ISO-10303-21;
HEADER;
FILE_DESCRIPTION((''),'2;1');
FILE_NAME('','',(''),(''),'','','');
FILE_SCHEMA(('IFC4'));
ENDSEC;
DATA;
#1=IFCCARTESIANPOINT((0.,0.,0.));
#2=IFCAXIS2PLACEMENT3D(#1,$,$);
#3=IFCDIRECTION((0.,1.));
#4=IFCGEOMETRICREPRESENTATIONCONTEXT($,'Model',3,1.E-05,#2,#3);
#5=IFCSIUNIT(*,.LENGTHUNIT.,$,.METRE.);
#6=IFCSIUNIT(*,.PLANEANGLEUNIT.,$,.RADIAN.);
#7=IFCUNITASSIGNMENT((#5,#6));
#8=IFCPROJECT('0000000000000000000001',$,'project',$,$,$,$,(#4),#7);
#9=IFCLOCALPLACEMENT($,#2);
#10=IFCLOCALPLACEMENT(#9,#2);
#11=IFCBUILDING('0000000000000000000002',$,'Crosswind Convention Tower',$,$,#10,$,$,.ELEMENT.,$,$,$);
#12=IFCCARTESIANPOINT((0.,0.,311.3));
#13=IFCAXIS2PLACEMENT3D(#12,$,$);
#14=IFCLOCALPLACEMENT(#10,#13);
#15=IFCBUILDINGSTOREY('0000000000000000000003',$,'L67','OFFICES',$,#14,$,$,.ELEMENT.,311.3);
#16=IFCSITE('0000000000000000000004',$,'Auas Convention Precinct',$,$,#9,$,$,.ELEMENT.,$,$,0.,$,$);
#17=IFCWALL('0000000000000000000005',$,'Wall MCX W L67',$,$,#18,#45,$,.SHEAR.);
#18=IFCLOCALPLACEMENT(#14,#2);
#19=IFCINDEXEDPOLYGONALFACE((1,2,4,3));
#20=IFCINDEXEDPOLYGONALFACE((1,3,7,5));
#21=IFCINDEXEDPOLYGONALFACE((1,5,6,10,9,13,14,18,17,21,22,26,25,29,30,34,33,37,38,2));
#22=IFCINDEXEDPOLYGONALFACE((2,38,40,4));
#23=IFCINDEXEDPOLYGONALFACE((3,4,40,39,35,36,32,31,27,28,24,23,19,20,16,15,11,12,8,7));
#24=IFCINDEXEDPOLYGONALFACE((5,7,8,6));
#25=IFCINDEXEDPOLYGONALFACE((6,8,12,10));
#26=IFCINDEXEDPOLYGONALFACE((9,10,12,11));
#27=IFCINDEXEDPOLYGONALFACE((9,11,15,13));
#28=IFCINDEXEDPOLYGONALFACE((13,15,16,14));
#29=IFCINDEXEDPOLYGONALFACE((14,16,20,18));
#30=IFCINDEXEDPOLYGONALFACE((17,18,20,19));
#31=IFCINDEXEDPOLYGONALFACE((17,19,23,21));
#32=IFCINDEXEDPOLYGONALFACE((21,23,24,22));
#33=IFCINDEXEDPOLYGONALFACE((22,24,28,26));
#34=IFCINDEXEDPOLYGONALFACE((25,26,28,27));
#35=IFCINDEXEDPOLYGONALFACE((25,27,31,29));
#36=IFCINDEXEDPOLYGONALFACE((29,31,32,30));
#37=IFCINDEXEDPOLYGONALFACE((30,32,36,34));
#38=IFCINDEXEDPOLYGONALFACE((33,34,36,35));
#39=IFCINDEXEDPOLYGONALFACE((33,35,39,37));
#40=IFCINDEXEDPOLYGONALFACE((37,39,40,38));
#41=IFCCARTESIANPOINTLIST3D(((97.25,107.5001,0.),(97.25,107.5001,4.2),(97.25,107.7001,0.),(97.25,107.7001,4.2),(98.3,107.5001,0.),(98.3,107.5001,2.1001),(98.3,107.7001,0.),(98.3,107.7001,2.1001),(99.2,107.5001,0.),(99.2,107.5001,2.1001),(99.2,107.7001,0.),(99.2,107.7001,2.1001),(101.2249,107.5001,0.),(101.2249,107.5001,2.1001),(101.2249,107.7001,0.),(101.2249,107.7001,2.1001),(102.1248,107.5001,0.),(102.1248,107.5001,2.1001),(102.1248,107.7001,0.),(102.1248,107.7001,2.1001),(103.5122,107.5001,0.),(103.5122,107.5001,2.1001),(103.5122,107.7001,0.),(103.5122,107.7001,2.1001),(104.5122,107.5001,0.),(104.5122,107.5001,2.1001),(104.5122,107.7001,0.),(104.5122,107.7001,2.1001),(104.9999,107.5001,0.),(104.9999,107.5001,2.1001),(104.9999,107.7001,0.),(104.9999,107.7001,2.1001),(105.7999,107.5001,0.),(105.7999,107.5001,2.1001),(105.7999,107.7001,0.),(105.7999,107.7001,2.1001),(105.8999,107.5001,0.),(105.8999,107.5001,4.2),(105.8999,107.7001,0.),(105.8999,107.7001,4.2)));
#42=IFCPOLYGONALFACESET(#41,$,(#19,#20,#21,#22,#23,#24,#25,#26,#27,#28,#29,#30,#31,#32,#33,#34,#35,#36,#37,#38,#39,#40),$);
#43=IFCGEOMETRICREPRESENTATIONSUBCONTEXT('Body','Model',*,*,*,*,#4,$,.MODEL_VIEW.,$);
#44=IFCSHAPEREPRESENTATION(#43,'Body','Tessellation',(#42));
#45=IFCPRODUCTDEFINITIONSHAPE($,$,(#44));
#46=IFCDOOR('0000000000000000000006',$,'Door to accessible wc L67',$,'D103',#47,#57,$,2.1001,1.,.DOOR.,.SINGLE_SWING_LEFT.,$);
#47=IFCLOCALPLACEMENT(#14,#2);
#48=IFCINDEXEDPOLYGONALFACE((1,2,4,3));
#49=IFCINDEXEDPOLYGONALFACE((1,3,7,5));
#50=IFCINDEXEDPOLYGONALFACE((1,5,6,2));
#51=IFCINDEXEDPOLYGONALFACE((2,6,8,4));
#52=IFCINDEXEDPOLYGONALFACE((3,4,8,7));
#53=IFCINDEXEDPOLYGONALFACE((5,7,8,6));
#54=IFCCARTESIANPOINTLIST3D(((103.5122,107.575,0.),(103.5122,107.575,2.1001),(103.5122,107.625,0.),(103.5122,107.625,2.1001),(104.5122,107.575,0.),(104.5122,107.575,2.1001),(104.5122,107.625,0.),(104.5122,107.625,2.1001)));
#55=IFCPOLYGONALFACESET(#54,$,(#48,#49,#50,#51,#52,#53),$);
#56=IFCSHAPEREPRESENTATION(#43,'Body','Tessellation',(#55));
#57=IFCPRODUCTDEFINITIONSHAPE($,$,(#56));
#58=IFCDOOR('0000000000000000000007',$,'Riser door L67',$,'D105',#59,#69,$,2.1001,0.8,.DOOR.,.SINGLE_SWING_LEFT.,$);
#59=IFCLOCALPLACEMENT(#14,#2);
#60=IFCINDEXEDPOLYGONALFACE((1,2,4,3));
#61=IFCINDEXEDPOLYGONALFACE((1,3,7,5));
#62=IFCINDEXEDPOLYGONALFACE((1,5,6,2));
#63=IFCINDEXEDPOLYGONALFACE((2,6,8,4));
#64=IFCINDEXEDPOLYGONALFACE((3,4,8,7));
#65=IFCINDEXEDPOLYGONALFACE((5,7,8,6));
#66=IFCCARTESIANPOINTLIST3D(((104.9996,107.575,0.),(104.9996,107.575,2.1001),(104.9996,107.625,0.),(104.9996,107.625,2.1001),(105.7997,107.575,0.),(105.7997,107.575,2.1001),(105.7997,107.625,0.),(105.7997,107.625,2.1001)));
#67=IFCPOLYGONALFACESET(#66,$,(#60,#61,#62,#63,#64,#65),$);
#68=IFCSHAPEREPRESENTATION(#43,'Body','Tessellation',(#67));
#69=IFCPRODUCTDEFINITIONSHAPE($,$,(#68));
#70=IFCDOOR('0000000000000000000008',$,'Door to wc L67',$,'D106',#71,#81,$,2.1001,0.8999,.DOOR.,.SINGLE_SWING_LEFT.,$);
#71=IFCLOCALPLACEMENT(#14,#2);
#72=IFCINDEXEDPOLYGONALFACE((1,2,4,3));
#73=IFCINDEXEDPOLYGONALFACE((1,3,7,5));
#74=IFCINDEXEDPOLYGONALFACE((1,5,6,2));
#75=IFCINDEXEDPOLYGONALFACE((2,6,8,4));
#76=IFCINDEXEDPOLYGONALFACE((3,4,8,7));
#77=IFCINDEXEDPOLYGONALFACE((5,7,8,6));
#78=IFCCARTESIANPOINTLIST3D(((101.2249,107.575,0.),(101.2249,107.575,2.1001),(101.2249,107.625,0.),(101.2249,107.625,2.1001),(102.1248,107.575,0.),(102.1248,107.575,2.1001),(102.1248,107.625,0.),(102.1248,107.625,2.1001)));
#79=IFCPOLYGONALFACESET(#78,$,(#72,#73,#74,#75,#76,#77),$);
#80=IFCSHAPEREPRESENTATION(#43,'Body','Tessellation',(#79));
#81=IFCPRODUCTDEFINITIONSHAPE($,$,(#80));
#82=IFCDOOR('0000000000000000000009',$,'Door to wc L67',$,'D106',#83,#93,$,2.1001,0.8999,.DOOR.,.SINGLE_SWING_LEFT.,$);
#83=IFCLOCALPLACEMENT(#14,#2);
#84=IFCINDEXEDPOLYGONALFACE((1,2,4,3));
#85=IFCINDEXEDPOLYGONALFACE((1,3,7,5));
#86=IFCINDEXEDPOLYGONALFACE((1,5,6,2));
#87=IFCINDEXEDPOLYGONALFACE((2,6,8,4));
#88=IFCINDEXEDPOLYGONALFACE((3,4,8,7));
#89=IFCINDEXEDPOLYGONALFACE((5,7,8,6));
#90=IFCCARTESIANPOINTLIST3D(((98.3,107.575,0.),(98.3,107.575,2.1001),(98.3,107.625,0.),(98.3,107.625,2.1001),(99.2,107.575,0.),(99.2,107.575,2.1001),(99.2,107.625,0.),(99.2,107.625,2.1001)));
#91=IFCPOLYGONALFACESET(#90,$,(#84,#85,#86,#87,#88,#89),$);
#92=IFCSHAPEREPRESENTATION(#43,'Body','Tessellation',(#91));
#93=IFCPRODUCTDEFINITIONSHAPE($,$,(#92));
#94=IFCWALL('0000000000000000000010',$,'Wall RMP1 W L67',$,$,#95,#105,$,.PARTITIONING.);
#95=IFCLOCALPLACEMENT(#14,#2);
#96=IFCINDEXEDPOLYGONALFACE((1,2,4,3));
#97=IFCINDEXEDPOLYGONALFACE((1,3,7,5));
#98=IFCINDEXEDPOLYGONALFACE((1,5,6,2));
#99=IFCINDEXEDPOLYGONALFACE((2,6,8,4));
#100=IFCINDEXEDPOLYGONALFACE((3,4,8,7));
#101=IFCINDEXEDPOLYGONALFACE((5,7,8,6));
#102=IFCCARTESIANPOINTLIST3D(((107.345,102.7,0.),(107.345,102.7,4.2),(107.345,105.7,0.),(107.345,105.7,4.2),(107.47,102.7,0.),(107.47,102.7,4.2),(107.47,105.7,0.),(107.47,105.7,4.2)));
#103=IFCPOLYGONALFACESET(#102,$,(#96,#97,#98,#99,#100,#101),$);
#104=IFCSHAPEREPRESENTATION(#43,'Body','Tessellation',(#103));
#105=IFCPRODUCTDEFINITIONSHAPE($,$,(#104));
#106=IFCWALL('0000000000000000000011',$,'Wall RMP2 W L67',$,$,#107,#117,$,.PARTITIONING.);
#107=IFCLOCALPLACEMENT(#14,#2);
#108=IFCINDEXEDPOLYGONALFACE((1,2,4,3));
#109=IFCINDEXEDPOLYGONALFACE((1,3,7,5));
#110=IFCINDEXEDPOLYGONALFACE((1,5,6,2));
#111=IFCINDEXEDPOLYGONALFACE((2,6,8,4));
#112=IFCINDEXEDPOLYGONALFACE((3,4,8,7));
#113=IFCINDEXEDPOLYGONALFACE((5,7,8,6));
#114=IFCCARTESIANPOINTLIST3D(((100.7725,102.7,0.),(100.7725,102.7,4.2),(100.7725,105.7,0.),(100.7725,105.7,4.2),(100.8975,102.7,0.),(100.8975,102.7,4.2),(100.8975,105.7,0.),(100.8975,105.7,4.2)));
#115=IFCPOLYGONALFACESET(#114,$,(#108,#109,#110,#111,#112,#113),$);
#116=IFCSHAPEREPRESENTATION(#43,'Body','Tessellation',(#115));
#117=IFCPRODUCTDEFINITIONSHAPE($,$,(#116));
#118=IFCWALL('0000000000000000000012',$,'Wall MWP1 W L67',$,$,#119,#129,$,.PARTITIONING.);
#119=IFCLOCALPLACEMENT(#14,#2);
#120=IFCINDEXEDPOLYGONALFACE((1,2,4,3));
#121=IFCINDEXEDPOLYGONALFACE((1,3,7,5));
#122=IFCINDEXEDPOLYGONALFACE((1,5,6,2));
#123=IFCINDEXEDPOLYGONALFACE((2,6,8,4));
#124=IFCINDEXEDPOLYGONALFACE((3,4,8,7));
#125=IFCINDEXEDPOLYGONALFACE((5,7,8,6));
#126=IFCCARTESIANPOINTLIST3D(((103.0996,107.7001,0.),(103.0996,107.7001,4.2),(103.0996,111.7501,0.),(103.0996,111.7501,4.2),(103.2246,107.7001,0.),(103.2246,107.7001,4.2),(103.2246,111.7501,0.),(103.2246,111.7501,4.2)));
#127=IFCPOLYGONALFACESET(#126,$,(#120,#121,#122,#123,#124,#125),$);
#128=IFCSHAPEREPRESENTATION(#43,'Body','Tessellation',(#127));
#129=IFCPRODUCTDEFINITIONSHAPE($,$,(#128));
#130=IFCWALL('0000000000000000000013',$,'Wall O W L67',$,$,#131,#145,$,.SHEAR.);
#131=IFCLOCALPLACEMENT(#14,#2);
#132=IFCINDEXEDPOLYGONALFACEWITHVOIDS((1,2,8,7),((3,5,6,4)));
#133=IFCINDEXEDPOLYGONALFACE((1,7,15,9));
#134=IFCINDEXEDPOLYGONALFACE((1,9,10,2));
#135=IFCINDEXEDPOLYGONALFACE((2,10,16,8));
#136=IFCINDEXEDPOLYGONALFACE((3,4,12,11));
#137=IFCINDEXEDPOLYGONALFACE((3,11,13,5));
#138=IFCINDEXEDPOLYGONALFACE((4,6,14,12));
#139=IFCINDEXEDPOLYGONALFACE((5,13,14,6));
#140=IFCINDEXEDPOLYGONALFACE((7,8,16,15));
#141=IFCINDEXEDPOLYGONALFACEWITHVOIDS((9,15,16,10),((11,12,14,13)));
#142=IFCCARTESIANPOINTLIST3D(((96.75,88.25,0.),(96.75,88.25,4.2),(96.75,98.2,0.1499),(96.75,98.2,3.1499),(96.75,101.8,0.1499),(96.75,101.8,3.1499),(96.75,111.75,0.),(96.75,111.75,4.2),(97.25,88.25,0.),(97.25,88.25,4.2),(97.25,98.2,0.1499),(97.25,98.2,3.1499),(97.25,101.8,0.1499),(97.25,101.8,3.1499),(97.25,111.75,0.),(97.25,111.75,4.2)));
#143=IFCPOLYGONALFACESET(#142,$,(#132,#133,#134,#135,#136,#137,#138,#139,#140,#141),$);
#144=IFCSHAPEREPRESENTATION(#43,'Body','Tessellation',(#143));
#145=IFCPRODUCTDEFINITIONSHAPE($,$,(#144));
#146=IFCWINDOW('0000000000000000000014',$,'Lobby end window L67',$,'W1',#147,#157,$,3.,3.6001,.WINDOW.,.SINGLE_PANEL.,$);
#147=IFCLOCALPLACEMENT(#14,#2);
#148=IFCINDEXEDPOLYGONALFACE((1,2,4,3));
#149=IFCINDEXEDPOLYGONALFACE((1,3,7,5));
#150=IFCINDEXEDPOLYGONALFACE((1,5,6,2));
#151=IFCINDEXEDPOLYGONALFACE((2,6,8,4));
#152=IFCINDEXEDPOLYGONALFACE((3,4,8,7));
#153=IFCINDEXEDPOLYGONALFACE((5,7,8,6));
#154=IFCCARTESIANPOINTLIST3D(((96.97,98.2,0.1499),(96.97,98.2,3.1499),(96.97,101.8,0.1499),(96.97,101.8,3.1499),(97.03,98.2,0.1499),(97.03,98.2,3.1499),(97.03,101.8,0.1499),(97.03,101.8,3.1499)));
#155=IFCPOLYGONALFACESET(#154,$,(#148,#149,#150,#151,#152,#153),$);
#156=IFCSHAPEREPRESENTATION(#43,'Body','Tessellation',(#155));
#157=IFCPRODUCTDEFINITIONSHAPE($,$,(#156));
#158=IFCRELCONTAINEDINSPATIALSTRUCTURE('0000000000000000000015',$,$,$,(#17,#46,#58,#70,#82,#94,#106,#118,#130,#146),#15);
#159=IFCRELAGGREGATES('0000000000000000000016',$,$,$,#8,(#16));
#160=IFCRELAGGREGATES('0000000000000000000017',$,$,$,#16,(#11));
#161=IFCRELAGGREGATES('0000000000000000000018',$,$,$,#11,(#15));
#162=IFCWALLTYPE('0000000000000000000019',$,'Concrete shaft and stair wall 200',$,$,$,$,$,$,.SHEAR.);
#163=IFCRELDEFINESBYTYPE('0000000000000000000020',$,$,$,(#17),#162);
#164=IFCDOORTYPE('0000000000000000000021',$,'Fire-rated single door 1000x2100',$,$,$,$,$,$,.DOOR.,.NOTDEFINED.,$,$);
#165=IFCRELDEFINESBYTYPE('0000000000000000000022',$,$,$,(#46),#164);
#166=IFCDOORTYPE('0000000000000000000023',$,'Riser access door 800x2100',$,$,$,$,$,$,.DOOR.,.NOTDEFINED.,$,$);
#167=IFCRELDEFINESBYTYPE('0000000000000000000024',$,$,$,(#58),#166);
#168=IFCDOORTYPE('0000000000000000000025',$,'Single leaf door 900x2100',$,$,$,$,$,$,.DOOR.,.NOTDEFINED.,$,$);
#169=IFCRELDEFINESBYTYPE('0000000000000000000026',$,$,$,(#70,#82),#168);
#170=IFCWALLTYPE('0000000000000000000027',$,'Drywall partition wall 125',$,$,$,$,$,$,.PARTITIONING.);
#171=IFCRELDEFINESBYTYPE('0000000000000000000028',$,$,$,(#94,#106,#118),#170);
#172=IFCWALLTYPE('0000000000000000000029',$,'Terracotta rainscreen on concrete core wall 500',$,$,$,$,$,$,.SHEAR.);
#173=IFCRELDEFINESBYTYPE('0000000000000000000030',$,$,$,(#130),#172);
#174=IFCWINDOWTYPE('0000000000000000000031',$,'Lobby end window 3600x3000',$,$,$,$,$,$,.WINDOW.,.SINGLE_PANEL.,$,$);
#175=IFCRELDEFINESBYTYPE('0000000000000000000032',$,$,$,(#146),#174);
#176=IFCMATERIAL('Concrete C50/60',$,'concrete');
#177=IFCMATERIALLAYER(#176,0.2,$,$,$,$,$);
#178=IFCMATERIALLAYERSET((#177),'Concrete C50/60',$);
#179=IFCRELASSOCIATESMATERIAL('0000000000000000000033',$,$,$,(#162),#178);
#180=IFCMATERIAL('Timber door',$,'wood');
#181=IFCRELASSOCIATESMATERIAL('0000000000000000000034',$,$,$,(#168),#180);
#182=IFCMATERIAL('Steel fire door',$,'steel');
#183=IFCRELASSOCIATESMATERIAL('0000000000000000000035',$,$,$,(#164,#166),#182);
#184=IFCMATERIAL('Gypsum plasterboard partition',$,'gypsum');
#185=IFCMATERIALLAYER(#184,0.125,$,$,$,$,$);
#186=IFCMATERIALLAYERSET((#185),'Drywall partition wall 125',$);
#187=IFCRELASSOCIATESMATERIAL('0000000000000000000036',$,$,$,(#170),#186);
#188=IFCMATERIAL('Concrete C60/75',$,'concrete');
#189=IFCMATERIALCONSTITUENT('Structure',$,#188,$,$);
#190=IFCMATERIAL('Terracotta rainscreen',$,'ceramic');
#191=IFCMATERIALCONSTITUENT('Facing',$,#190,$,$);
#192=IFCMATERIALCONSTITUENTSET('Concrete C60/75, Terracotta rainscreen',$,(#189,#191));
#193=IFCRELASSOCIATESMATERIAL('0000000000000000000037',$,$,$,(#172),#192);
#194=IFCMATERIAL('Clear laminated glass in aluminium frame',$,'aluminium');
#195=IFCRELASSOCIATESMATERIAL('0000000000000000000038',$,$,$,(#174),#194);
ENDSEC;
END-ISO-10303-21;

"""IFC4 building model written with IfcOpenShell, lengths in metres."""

from ifc_helpers import new_model, si_unit, direction, frame, frame_2d, origin, place, context, subcontext, project, spatial, rectangle, extrude, material, layer, layer_set, constituent, constituent_set, type_object, element, fill, save


model = new_model("IFC4")

# Units and contexts
model_context = context("Model", 3, precision=1e-05, world=origin(), true_north=direction((0.0, 1.0)))
body_context = subcontext(model_context, "Body", "Model", "MODEL_VIEW")
ifc_project = project(units=[si_unit("LENGTHUNIT", "METRE"), si_unit("PLANEANGLEUNIT", "RADIAN")], contexts=[model_context])

# Site, building, storey
site_placement = place(None, origin())
site = spatial("IfcSite", under=ifc_project, at=site_placement, Name="Auas Convention Precinct", CompositionType="ELEMENT", RefElevation=0.0)
building_placement = place(site_placement, origin())
building = spatial("IfcBuilding", under=site, at=building_placement, Name="Crosswind Convention Tower", CompositionType="ELEMENT")
storey_placement = place(building_placement, frame((0.0, 0.0, 311.3)))
storey = spatial("IfcBuildingStorey", under=building, at=storey_placement, Name="L67", Description="OFFICES", CompositionType="ELEMENT", Elevation=311.3)

# Shared definitions
ifc_material_1 = material(Name="Concrete C50/60", Category="concrete")
ifc_layer_1 = layer(ifc_material_1, 0.2)
ifc_layer_set_1 = layer_set([ifc_layer_1], Name="Concrete C50/60")
wall_type_1 = type_object("IfcWallType", Name="Concrete shaft and stair wall 200", PredefinedType="SHEAR", material=ifc_layer_set_1)

# Shared definitions
ifc_material_2 = material(Name="Timber door", Category="wood")
door_type_1 = type_object("IfcDoorType", Name="Single leaf door 900x2100", OperationType="NOTDEFINED", PredefinedType="DOOR", material=ifc_material_2)

# Wall, openings, doors
wall_1_placement = place(storey_placement, frame((105.8999, 107.6001, 0.0), z_axis=(0.0, 0.0, 1.0), x_axis=(-1.0, 0.0, 0.0)))
wall_1 = element("IfcWall", 1, at=wall_1_placement, inside=storey, type_object=wall_type_1, Name="Wall MCX W L67", PredefinedType="SHEAR", context=body_context, shape_type="SweptSolid", body=[
    extrude(rectangle(XDim=8.6499, YDim=0.2, at=frame_2d((4.325, 0.0))), origin(), (0.0, 0.0, 1.0), 4.2),
])
opening_1_placement = place(wall_1_placement, frame((0.1001, 0.0, 0.0)))
opening_1 = element("IfcOpeningElement", 2, at=opening_1_placement, cuts=wall_1, PredefinedType="OPENING", context=body_context, shape_type="SweptSolid", body=[
    extrude(rectangle(XDim=0.8, YDim=2.1001, at=frame_2d((0.3999, 1.05))), frame((0.0, 0.1099, 0.0), z_axis=(0.0, -1.0, 0.0), x_axis=(1.0, 0.0, 0.0)), (0.0, 0.0, 1.0), 0.22),
])
opening_2_placement = place(wall_1_placement, frame((1.3877, 0.0, 0.0)))
opening_2 = element("IfcOpeningElement", 3, at=opening_2_placement, cuts=wall_1, PredefinedType="OPENING", context=body_context, shape_type="SweptSolid", body=[
    extrude(rectangle(XDim=1.0, YDim=2.1001, at=frame_2d((0.5, 1.05))), frame((0.0, 0.1099, 0.0), z_axis=(0.0, -1.0, 0.0), x_axis=(1.0, 0.0, 0.0)), (0.0, 0.0, 1.0), 0.22),
])
opening_3_placement = place(wall_1_placement, frame((3.7751, 0.0, 0.0)))
opening_3 = element("IfcOpeningElement", 4, at=opening_3_placement, cuts=wall_1, PredefinedType="OPENING", context=body_context, shape_type="SweptSolid", body=[
    extrude(rectangle(XDim=0.8999, YDim=2.1001, at=frame_2d((0.45, 1.05))), frame((0.0, 0.1099, 0.0), z_axis=(0.0, -1.0, 0.0), x_axis=(1.0, 0.0, 0.0)), (0.0, 0.0, 1.0), 0.22),
])
opening_4_placement = place(wall_1_placement, frame((6.7, 0.0, 0.0)))
opening_4 = element("IfcOpeningElement", 5, at=opening_4_placement, cuts=wall_1, PredefinedType="OPENING", context=body_context, shape_type="SweptSolid", body=[
    extrude(rectangle(XDim=0.8999, YDim=2.1001, at=frame_2d((0.45, 1.05))), frame((0.0, 0.1099, 0.0), z_axis=(0.0, -1.0, 0.0), x_axis=(1.0, 0.0, 0.0)), (0.0, 0.0, 1.0), 0.22),
])
ifc_material_3 = material(Name="Steel fire door", Category="steel")
door_type_2 = type_object("IfcDoorType", Name="Fire-rated single door 1000x2100", OperationType="NOTDEFINED", PredefinedType="DOOR", material=ifc_material_3)
door_1_placement = place(opening_2_placement, frame((1.0, 0.0, 0.0), z_axis=(0.0, 0.0, 1.0), x_axis=(-1.0, 0.0, 0.0)))
door_1 = element("IfcDoor", 6, at=door_1_placement, inside=storey, type_object=door_type_2, Name="Door to accessible wc L67", ObjectType="D103", OperationType="SINGLE_SWING_LEFT", OverallHeight=2.1001, OverallWidth=1.0, PredefinedType="DOOR", context=body_context, shape_type="SweptSolid", body=[
    extrude(rectangle(XDim=1.0, YDim=2.1001, at=frame_2d((0.5, 1.05))), frame((0.0, 0.0249, 0.0), z_axis=(0.0, -1.0, 0.0), x_axis=(1.0, 0.0, 0.0)), (0.0, 0.0, 1.0), 0.05),
])
fill(opening_2, door_1)
door_type_3 = type_object("IfcDoorType", Name="Riser access door 800x2100", OperationType="NOTDEFINED", PredefinedType="DOOR", material=ifc_material_3)
door_2_placement = place(opening_1_placement, frame((0.8, 0.0, 0.0), z_axis=(0.0, 0.0, 1.0), x_axis=(-1.0, 0.0, 0.0)))
door_2 = element("IfcDoor", 7, at=door_2_placement, inside=storey, type_object=door_type_3, Name="Riser door L67", ObjectType="D105", OperationType="SINGLE_SWING_LEFT", OverallHeight=2.1001, OverallWidth=0.8, PredefinedType="DOOR", context=body_context, shape_type="SweptSolid", body=[
    extrude(rectangle(XDim=0.8, YDim=2.1001, at=frame_2d((0.3999, 1.05))), frame((0.0, 0.0249, 0.0), z_axis=(0.0, -1.0, 0.0), x_axis=(1.0, 0.0, 0.0)), (0.0, 0.0, 1.0), 0.05),
])
fill(opening_1, door_2)
door_3_placement = place(opening_3_placement, frame((0.8999, 0.0, 0.0), z_axis=(0.0, 0.0, 1.0), x_axis=(-1.0, 0.0, 0.0)))
door_3 = element("IfcDoor", 8, at=door_3_placement, inside=storey, type_object=door_type_1, Name="Door to wc L67", ObjectType="D106", OperationType="SINGLE_SWING_LEFT", OverallHeight=2.1001, OverallWidth=0.8999, PredefinedType="DOOR", context=body_context, shape_type="SweptSolid", body=[
    extrude(rectangle(XDim=0.8999, YDim=2.1001, at=frame_2d((0.45, 1.05))), frame((0.0, 0.0249, 0.0), z_axis=(0.0, -1.0, 0.0), x_axis=(1.0, 0.0, 0.0)), (0.0, 0.0, 1.0), 0.05),
])
fill(opening_3, door_3)
door_4_placement = place(opening_4_placement, frame((0.8999, 0.0, 0.0), z_axis=(0.0, 0.0, 1.0), x_axis=(-1.0, 0.0, 0.0)))
door_4 = element("IfcDoor", 9, at=door_4_placement, inside=storey, type_object=door_type_1, Name="Door to wc L67", ObjectType="D106", OperationType="SINGLE_SWING_LEFT", OverallHeight=2.1001, OverallWidth=0.8999, PredefinedType="DOOR", context=body_context, shape_type="SweptSolid", body=[
    extrude(rectangle(XDim=0.8999, YDim=2.1001, at=frame_2d((0.45, 1.05))), frame((0.0, 0.0249, 0.0), z_axis=(0.0, -1.0, 0.0), x_axis=(1.0, 0.0, 0.0)), (0.0, 0.0, 1.0), 0.05),
])
fill(opening_4, door_4)

# Walls
ifc_material_4 = material(Name="Gypsum plasterboard partition", Category="gypsum")
ifc_layer_2 = layer(ifc_material_4, 0.125)
ifc_layer_set_2 = layer_set([ifc_layer_2], Name="Drywall partition wall 125")
wall_type_2 = type_object("IfcWallType", Name="Drywall partition wall 125", PredefinedType="PARTITIONING", material=ifc_layer_set_2)
for number, where, z_axis, x_axis, name in (
    (10, (107.4075, 105.7, 0.0), (0.0, 0.0, 1.0), (0.0, -1.0, 0.0), "Wall RMP1 W L67"),
    (11, (100.835, 105.7, 0.0), (0.0, 0.0, 1.0), (0.0, -1.0, 0.0), "Wall RMP2 W L67"),
):
    element("IfcWall", number, at=place(storey_placement, frame(where, z_axis=z_axis, x_axis=x_axis)), inside=storey, type_object=wall_type_2, Name=name, PredefinedType="PARTITIONING", context=body_context, shape_type="SweptSolid", body=[
        extrude(rectangle(XDim=3.0, YDim=0.125, at=frame_2d((1.5, 0.0))), origin(), (0.0, 0.0, 1.0), 4.2),
    ])
wall_2_placement = place(storey_placement, frame((103.1621, 111.75, 0.0), z_axis=(0.0, 0.0, 1.0), x_axis=(0.0, -1.0, 0.0)))
element("IfcWall", 12, at=wall_2_placement, inside=storey, type_object=wall_type_2, Name="Wall MWP1 W L67", PredefinedType="PARTITIONING", context=body_context, shape_type="SweptSolid", body=[
    extrude(rectangle(XDim=4.05, YDim=0.125, at=frame_2d((2.0249, 0.0))), origin(), (0.0, 0.0, 1.0), 4.2),
])

# Wall, opening, window
ifc_material_5 = material(Name="Concrete C60/75", Category="concrete")
ifc_constituent_1 = constituent(ifc_material_5, Name="Structure")
ifc_material_6 = material(Name="Terracotta rainscreen", Category="ceramic")
ifc_constituent_2 = constituent(ifc_material_6, Name="Facing")
ifc_constituent_set = constituent_set(constituents=[ifc_constituent_1, ifc_constituent_2], Name="Concrete C60/75, Terracotta rainscreen")
wall_type_3 = type_object("IfcWallType", Name="Terracotta rainscreen on concrete core wall 500", PredefinedType="SHEAR", material=ifc_constituent_set)
wall_3_placement = place(storey_placement, frame((97.0, 111.75, 0.0), z_axis=(0.0, 0.0, 1.0), x_axis=(0.0, -1.0, 0.0)))
wall_3 = element("IfcWall", 13, at=wall_3_placement, inside=storey, type_object=wall_type_3, Name="Wall O W L67", PredefinedType="SHEAR", context=body_context, shape_type="SweptSolid", body=[
    extrude(rectangle(XDim=23.5, YDim=0.5, at=frame_2d((11.75, 0.0))), origin(), (0.0, 0.0, 1.0), 4.2),
])
opening_5_placement = place(wall_3_placement, frame((9.95, 0.0, 0.1499)))
opening_5 = element("IfcOpeningElement", 14, at=opening_5_placement, cuts=wall_3, PredefinedType="OPENING", context=body_context, shape_type="SweptSolid", body=[
    extrude(rectangle(XDim=3.6001, YDim=3.0, at=frame_2d((1.8, 1.5))), frame((0.0, 0.26, 0.0), z_axis=(0.0, -1.0, 0.0), x_axis=(1.0, 0.0, 0.0)), (0.0, 0.0, 1.0), 0.52),
])
ifc_material_7 = material(Name="Clear laminated glass in aluminium frame", Category="aluminium")
window_type = type_object("IfcWindowType", Name="Lobby end window 3600x3000", PartitioningType="SINGLE_PANEL", PredefinedType="WINDOW", material=ifc_material_7)
window_placement = place(opening_5_placement, origin())
window = element("IfcWindow", 15, at=window_placement, inside=storey, type_object=window_type, Name="Lobby end window L67", ObjectType="W1", OverallHeight=3.0, OverallWidth=3.6001, PartitioningType="SINGLE_PANEL", PredefinedType="WINDOW", context=body_context, shape_type="SweptSolid", body=[
    extrude(rectangle(XDim=3.6001, YDim=3.0, at=frame_2d((1.8, 1.5))), frame((0.0, 0.03, 0.0), z_axis=(0.0, -1.0, 0.0), x_axis=(1.0, 0.0, 0.0)), (0.0, 0.0, 1.0), 0.0601),
])
fill(opening_5, window)

save(model, "model.ifc")
